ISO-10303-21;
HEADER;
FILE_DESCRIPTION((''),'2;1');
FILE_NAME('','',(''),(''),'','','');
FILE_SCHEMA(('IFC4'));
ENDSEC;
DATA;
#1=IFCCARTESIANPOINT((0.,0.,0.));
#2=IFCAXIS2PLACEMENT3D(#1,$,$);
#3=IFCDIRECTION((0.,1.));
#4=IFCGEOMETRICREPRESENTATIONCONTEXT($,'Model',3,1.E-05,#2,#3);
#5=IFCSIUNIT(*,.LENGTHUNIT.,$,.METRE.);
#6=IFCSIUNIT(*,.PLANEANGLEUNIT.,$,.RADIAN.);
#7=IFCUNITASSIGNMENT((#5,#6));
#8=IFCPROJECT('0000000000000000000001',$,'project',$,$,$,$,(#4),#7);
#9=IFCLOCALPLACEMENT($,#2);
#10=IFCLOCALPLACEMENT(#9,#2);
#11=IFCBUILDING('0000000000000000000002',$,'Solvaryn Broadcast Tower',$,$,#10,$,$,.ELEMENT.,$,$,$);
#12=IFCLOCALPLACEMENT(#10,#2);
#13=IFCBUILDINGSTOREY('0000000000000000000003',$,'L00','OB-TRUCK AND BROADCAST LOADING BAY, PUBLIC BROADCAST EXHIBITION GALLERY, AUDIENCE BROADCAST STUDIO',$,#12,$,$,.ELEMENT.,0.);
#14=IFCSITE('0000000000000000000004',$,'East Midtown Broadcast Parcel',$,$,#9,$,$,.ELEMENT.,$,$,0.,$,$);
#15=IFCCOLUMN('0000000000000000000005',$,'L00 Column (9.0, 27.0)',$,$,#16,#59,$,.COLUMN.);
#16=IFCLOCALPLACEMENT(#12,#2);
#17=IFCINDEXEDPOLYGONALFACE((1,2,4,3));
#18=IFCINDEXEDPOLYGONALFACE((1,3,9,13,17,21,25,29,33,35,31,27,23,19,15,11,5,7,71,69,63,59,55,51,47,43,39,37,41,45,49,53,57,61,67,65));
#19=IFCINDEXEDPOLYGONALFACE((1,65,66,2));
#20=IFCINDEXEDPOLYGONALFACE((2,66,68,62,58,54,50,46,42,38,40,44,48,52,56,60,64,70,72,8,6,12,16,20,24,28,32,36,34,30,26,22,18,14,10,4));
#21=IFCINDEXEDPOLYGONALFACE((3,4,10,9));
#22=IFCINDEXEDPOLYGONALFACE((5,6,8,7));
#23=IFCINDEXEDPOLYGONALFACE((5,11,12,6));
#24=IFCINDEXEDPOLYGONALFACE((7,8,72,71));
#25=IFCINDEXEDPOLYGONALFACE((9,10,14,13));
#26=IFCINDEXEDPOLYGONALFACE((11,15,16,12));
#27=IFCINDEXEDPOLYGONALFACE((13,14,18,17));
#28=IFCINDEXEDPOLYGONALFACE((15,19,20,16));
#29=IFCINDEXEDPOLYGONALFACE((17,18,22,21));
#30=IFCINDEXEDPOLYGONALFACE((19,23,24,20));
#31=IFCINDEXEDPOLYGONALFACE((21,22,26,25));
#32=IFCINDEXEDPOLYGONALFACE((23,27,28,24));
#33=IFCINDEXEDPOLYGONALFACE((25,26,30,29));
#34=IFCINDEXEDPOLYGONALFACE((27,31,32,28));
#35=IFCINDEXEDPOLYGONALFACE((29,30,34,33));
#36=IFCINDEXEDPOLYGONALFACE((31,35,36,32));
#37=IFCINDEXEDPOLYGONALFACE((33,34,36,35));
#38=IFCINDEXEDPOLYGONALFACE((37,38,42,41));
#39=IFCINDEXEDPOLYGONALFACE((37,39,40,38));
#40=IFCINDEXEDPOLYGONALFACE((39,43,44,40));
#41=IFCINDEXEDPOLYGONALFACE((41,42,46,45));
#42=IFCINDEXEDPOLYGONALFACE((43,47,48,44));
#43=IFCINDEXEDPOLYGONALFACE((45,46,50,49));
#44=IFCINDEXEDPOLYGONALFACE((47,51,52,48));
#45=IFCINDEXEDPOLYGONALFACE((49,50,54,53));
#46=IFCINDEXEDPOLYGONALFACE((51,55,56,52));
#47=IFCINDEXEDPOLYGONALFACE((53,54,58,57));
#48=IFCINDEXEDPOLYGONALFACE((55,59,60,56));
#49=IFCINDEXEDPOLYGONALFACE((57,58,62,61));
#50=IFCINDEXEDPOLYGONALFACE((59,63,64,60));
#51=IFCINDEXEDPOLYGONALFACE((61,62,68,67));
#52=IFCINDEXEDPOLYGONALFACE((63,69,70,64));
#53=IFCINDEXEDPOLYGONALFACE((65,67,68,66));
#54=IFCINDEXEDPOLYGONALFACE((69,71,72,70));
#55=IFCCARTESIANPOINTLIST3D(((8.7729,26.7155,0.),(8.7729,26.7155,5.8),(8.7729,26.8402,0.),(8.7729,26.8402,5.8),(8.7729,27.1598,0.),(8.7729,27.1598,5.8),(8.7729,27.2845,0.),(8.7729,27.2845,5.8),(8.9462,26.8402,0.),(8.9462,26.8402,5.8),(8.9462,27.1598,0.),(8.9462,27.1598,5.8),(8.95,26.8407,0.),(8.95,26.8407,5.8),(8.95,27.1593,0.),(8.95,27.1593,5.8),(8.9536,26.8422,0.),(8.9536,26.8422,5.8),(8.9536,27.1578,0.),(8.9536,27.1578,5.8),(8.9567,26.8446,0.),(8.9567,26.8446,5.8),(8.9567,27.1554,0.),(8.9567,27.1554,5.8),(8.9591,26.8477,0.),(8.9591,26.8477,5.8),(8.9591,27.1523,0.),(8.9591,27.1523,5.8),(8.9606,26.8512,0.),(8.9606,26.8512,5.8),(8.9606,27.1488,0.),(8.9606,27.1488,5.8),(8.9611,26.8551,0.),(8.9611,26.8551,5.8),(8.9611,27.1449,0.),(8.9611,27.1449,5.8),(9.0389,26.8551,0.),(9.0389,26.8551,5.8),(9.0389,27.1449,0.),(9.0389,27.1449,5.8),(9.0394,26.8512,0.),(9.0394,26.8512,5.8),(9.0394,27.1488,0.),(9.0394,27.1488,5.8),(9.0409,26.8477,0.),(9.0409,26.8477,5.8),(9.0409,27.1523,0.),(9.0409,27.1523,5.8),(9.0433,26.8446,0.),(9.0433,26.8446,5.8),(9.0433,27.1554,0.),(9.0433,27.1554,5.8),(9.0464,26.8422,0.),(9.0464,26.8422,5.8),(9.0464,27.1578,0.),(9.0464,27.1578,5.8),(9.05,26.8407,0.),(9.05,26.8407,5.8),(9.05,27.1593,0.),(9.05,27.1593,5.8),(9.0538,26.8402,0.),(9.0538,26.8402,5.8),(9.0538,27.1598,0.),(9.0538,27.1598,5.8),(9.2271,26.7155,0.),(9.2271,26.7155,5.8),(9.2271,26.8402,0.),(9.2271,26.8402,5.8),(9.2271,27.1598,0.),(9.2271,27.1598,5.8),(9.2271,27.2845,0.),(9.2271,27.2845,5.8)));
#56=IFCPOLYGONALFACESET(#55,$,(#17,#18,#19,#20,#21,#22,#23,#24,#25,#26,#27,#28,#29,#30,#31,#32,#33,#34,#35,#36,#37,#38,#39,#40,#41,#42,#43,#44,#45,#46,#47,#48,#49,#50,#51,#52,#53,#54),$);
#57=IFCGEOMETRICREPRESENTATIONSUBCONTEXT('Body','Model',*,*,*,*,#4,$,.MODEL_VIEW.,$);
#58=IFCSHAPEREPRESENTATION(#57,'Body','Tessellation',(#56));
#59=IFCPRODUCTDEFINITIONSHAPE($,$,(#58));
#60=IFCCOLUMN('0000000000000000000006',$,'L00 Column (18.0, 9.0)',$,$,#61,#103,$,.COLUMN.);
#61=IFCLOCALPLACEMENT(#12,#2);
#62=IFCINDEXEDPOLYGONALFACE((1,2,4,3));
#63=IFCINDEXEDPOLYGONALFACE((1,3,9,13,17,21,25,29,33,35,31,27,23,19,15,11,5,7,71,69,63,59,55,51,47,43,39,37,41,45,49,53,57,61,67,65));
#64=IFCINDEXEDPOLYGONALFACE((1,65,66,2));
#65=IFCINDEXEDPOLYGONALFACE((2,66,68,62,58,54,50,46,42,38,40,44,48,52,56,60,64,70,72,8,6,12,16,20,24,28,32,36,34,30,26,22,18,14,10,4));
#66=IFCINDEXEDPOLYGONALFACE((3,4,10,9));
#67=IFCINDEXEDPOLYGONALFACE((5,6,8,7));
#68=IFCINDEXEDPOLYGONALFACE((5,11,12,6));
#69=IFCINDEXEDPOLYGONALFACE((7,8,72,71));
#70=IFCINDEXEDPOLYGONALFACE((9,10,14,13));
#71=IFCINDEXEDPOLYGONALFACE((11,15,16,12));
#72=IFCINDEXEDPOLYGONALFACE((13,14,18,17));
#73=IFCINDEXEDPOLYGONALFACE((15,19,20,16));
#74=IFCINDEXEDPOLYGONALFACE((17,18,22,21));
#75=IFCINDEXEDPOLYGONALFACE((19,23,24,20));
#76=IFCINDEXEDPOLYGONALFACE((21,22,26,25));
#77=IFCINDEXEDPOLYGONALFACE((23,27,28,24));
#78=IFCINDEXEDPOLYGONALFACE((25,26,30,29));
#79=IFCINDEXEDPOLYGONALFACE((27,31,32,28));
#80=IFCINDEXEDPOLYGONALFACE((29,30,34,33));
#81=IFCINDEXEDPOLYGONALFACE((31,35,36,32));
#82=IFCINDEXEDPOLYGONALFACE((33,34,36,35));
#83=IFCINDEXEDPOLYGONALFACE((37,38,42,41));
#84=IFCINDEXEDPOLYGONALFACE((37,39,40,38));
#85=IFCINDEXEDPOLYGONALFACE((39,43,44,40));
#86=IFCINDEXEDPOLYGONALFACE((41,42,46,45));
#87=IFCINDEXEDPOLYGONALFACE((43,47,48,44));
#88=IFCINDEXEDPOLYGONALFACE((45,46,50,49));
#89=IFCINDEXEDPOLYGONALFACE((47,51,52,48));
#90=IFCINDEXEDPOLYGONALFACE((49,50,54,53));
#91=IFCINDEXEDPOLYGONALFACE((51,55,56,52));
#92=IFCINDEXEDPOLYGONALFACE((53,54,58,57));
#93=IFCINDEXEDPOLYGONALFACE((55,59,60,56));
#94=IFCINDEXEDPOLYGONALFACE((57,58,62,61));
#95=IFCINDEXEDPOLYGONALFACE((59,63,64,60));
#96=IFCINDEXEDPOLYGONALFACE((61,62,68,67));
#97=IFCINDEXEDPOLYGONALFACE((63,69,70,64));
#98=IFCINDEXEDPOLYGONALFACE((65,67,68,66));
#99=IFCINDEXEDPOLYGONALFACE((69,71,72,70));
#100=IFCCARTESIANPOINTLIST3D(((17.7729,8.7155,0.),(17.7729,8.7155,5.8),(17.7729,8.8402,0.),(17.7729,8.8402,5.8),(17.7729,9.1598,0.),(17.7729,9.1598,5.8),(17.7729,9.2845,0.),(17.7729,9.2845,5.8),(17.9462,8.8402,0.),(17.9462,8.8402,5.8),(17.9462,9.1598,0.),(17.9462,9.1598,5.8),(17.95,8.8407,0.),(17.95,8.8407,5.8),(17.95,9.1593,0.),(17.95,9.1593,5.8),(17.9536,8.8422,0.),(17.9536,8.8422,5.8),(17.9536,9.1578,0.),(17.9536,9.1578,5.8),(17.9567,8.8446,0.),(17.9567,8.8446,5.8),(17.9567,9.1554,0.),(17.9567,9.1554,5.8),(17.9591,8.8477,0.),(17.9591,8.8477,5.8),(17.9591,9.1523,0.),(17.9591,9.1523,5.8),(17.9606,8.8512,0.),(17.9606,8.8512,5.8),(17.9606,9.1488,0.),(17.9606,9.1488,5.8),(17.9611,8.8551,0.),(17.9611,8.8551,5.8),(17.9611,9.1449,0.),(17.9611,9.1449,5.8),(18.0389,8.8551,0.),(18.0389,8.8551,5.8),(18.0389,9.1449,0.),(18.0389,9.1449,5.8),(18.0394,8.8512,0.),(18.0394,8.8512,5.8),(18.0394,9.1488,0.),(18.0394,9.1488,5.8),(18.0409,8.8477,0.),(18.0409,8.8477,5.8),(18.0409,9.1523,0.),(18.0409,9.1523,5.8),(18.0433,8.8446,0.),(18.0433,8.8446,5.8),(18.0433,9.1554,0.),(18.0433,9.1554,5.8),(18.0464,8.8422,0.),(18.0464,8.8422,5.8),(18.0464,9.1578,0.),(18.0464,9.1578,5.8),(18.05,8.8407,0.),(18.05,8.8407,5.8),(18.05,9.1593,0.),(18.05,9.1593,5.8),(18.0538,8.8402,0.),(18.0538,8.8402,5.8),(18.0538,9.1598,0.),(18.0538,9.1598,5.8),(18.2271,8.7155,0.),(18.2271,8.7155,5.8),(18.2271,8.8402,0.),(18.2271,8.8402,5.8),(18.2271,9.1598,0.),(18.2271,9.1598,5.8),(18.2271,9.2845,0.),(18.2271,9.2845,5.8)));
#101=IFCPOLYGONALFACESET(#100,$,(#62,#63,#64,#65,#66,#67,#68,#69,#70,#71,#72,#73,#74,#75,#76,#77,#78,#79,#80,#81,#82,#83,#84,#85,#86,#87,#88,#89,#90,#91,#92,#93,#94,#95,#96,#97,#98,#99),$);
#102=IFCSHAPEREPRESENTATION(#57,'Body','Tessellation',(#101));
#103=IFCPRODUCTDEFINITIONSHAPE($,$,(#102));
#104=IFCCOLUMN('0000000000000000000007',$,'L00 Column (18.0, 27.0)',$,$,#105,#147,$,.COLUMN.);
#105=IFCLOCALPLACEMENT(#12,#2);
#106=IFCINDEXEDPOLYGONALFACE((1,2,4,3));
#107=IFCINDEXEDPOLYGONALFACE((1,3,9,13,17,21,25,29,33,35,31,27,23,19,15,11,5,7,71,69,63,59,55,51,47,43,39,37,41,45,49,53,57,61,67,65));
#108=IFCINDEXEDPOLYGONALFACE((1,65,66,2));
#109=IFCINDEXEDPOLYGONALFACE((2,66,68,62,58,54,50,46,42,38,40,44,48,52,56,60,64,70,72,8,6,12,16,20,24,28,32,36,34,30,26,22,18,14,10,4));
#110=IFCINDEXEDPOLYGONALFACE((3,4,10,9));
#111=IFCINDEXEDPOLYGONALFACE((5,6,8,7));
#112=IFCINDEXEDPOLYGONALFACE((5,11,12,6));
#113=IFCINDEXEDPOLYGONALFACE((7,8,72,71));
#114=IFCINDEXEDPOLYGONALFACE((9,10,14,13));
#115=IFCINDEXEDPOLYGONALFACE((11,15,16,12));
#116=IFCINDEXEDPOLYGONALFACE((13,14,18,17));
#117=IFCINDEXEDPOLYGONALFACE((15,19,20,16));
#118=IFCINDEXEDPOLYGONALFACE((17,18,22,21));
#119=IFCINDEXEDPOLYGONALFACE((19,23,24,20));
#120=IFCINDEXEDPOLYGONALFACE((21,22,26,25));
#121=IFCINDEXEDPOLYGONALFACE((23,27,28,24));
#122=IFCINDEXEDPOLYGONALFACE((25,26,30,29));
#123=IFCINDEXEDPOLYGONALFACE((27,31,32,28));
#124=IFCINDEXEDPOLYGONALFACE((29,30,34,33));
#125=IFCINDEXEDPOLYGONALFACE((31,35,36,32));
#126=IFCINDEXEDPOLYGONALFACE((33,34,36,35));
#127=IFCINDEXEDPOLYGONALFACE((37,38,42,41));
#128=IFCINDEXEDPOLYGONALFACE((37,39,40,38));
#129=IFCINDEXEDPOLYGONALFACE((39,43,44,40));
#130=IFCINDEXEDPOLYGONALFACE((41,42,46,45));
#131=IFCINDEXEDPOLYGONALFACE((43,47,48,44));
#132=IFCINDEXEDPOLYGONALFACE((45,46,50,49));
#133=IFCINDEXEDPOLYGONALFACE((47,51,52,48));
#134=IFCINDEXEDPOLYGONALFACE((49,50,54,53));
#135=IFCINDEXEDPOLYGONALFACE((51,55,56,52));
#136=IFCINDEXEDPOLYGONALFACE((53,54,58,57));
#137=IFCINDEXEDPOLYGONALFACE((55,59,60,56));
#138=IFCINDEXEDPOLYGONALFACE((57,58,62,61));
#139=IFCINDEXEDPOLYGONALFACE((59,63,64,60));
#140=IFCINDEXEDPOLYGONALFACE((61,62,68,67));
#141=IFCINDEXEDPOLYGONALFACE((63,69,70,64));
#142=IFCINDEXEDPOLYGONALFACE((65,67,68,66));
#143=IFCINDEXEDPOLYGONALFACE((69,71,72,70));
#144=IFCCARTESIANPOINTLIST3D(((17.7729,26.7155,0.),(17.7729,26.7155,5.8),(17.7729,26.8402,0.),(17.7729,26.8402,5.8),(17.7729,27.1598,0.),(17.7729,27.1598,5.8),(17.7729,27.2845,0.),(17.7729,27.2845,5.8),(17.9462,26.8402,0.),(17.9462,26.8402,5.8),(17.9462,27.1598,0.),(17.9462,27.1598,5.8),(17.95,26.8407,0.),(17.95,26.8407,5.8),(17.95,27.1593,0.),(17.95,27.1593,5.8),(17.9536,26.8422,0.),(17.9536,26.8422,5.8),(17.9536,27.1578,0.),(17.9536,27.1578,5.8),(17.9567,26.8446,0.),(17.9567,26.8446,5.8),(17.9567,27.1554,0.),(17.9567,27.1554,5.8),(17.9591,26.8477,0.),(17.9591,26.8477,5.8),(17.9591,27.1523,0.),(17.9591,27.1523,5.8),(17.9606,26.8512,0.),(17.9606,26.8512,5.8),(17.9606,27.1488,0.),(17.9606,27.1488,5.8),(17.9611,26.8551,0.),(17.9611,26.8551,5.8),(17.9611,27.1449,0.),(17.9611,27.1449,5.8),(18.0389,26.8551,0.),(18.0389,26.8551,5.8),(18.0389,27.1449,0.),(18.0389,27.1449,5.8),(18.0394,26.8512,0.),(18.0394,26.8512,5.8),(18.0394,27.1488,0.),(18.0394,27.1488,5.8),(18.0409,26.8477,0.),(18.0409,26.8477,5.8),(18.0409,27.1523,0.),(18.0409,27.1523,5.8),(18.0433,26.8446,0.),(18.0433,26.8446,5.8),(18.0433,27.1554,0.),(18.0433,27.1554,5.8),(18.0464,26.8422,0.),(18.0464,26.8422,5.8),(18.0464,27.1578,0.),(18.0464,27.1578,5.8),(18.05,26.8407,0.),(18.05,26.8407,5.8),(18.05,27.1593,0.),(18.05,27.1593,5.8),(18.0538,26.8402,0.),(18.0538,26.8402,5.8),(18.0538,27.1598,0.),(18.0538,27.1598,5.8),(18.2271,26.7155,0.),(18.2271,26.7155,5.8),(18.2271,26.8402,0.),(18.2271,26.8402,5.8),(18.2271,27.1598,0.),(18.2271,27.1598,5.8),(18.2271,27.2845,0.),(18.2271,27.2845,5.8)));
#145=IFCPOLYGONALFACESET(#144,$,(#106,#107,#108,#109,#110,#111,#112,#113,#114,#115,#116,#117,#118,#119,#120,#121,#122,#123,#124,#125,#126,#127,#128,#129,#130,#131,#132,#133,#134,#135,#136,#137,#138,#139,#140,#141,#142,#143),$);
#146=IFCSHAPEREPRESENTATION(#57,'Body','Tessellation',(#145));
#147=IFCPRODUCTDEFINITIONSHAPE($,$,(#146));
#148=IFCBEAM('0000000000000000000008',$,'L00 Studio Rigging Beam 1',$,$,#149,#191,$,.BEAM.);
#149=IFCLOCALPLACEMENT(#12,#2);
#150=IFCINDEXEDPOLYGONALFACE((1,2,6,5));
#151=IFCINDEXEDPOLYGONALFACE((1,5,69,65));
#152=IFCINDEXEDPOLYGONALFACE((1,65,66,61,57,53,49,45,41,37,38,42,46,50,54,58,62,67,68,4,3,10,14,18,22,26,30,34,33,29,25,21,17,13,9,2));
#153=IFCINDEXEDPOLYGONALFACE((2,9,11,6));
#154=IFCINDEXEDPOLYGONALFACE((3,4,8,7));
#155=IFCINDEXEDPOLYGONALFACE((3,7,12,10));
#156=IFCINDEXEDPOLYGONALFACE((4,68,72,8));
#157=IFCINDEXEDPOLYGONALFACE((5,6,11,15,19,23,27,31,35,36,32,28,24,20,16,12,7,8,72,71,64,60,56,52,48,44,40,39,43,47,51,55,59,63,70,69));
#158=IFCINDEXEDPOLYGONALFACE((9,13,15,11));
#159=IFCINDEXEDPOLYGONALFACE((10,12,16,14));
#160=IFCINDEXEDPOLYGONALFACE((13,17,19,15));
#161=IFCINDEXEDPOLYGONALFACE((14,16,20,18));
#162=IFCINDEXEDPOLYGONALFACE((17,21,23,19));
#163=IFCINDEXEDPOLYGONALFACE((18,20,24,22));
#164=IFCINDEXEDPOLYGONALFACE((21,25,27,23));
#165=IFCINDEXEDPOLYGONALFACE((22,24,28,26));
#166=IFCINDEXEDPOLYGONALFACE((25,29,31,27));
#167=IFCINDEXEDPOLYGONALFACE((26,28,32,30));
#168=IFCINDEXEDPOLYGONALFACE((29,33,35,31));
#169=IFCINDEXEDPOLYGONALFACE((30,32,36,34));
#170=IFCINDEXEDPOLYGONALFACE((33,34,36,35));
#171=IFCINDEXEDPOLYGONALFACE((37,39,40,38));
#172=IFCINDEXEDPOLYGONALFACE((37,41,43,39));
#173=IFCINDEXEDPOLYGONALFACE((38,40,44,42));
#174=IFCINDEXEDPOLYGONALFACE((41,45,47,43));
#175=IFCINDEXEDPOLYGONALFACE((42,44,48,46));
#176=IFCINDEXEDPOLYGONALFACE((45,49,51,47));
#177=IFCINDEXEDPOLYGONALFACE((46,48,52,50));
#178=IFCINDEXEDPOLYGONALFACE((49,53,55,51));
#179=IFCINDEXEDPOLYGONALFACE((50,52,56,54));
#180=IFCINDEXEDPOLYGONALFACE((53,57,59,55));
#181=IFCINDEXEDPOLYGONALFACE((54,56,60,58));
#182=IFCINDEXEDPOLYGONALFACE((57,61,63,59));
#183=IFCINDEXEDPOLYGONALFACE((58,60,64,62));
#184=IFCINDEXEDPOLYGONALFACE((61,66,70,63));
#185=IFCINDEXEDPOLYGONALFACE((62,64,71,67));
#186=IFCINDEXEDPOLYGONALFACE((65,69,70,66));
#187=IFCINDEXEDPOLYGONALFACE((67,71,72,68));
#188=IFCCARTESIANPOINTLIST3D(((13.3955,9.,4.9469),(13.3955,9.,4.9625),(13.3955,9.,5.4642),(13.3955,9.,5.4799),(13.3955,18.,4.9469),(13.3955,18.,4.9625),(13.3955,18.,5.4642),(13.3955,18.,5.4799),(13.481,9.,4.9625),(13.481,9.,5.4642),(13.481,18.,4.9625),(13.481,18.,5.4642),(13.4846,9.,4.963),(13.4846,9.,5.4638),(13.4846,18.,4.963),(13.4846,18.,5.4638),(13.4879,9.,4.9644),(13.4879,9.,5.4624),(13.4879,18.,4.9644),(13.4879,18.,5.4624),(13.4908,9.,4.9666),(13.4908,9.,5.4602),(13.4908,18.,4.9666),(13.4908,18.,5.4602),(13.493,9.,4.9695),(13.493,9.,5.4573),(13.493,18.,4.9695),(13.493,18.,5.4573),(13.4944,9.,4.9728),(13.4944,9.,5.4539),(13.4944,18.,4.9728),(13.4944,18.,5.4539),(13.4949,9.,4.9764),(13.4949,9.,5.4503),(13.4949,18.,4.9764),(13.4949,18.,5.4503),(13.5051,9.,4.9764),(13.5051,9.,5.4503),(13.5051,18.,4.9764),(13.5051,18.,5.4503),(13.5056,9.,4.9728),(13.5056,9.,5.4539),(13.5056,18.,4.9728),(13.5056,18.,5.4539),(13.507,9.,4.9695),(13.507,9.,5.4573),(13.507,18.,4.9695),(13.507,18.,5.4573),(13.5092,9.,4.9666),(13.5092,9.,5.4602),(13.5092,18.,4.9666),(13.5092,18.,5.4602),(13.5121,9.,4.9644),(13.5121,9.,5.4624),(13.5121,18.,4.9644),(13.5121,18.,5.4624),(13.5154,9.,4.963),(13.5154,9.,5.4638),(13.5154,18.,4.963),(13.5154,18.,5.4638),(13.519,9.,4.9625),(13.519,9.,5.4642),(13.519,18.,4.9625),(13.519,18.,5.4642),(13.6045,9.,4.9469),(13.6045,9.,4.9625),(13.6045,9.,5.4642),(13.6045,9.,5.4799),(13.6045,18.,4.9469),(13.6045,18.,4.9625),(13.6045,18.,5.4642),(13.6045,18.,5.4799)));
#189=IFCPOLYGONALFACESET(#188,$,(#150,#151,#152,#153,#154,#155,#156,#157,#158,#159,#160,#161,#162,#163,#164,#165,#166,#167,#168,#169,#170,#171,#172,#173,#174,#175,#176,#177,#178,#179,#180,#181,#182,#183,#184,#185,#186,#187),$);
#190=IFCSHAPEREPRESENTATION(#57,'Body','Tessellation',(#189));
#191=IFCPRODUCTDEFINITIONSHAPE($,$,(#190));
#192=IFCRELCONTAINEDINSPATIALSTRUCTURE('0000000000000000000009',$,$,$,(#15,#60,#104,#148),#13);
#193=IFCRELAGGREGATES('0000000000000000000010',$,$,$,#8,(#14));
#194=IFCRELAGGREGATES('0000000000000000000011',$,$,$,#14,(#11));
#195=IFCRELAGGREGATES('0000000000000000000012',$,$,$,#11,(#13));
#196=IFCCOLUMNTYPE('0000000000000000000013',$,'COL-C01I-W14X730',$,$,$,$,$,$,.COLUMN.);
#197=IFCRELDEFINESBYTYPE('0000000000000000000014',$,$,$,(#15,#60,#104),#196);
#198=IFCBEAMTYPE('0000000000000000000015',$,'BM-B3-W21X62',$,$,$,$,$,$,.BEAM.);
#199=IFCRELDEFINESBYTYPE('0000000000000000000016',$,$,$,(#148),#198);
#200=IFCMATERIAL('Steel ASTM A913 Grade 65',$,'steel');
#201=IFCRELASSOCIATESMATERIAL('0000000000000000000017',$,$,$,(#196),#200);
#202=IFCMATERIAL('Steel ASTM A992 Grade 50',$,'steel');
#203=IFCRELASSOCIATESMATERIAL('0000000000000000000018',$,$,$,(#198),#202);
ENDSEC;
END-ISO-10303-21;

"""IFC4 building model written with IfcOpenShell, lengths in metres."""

from ifc_helpers import new_model, si_unit, direction, frame, origin, origin_2d, place, context, subcontext, project, spatial, i_section, extrude, material, material_profile, profile_set, type_object, element, save


model = new_model("IFC4")

# Units and contexts
model_context = context("Model", 3, precision=1e-05, world=origin(), true_north=direction((0.0, 1.0)))
body_context = subcontext(model_context, "Body", "Model", "MODEL_VIEW")
ifc_project = project(units=[si_unit("LENGTHUNIT", "METRE"), si_unit("PLANEANGLEUNIT", "RADIAN")], contexts=[model_context])

# Site, building, storey
site_placement = place(None, origin())
site = spatial("IfcSite", under=ifc_project, at=site_placement, Name="East Midtown Broadcast Parcel", CompositionType="ELEMENT", RefElevation=0.0)
building_placement = place(site_placement, origin())
building = spatial("IfcBuilding", under=site, at=building_placement, Name="Solvaryn Broadcast Tower", CompositionType="ELEMENT")
storey_placement = place(building_placement, origin())
storey = spatial("IfcBuildingStorey", under=building, at=storey_placement, Name="L00", Description="OB-TRUCK AND BROADCAST LOADING BAY, PUBLIC BROADCAST EXHIBITION GALLERY, AUDIENCE BROADCAST STUDIO", CompositionType="ELEMENT", Elevation=0.0)

# Columns
ifc_material_1 = material(Name="Steel ASTM A913 Grade 65", Category="steel")
ifc_material_profile_1 = material_profile(ifc_material_1, i_section(OverallWidth=0.4541, OverallDepth=0.5691, WebThickness=0.0779, FlangeThickness=0.1248, FilletRadius=0.0149, at=origin_2d()))
ifc_profile_set_1 = profile_set([ifc_material_profile_1], Name="Steel ASTM A913 Grade 65")
column_type_1 = type_object("IfcColumnType", Name="COL-C01I-W14X730", PredefinedType="COLUMN", material=ifc_profile_set_1)
for number, where, z_axis, x_axis, name in (
    (1, (9.0, 27.0, 0.0), (0.0, 0.0, 1.0), (1.0, 0.0, 0.0), "L00 Column (9.0, 27.0)"),
    (2, (18.0, 9.0, 0.0), (0.0, 0.0, 1.0), (1.0, 0.0, 0.0), "L00 Column (18.0, 9.0)"),
    (3, (18.0, 27.0, 0.0), (0.0, 0.0, 1.0), (1.0, 0.0, 0.0), "L00 Column (18.0, 27.0)"),
):
    element("IfcColumn", number, at=place(storey_placement, frame(where, z_axis=z_axis, x_axis=x_axis)), inside=storey, type_object=column_type_1, Name=name, PredefinedType="COLUMN", context=body_context, shape_type="SweptSolid", body=[
        extrude(i_section(OverallWidth=0.4541, OverallDepth=0.5691, WebThickness=0.0779, FlangeThickness=0.1248, FilletRadius=0.0149, at=origin_2d()), origin(), (0.0, 0.0, 1.0), 5.8),
    ])

# Beam
ifc_material_2 = material(Name="Steel ASTM A992 Grade 50", Category="steel")
ifc_material_profile_2 = material_profile(ifc_material_2, i_section(OverallWidth=0.209, OverallDepth=0.533, WebThickness=0.0103, FlangeThickness=0.0156, FilletRadius=0.0139, at=origin_2d()))
ifc_profile_set_2 = profile_set([ifc_material_profile_2], Name="Steel ASTM A992 Grade 50")
beam_type_1 = type_object("IfcBeamType", Name="BM-B3-W21X62", PredefinedType="BEAM", material=ifc_profile_set_2)
for number, where, z_axis, x_axis, name in (
    (4, (13.5, 9.0, 5.2134), (0.0, 1.0, 0.0), (-1.0, 0.0, 0.0), "L00 Studio Rigging Beam 1"),
):
    element("IfcBeam", number, at=place(storey_placement, frame(where, z_axis=z_axis, x_axis=x_axis)), inside=storey, type_object=beam_type_1, Name=name, PredefinedType="BEAM", context=body_context, shape_type="SweptSolid", body=[
        extrude(i_section(OverallWidth=0.209, OverallDepth=0.533, WebThickness=0.0103, FlangeThickness=0.0156, FilletRadius=0.0139, at=origin_2d()), origin(), (0.0, 0.0, 1.0), 9.0),
    ])

save(model, "model.ifc")
